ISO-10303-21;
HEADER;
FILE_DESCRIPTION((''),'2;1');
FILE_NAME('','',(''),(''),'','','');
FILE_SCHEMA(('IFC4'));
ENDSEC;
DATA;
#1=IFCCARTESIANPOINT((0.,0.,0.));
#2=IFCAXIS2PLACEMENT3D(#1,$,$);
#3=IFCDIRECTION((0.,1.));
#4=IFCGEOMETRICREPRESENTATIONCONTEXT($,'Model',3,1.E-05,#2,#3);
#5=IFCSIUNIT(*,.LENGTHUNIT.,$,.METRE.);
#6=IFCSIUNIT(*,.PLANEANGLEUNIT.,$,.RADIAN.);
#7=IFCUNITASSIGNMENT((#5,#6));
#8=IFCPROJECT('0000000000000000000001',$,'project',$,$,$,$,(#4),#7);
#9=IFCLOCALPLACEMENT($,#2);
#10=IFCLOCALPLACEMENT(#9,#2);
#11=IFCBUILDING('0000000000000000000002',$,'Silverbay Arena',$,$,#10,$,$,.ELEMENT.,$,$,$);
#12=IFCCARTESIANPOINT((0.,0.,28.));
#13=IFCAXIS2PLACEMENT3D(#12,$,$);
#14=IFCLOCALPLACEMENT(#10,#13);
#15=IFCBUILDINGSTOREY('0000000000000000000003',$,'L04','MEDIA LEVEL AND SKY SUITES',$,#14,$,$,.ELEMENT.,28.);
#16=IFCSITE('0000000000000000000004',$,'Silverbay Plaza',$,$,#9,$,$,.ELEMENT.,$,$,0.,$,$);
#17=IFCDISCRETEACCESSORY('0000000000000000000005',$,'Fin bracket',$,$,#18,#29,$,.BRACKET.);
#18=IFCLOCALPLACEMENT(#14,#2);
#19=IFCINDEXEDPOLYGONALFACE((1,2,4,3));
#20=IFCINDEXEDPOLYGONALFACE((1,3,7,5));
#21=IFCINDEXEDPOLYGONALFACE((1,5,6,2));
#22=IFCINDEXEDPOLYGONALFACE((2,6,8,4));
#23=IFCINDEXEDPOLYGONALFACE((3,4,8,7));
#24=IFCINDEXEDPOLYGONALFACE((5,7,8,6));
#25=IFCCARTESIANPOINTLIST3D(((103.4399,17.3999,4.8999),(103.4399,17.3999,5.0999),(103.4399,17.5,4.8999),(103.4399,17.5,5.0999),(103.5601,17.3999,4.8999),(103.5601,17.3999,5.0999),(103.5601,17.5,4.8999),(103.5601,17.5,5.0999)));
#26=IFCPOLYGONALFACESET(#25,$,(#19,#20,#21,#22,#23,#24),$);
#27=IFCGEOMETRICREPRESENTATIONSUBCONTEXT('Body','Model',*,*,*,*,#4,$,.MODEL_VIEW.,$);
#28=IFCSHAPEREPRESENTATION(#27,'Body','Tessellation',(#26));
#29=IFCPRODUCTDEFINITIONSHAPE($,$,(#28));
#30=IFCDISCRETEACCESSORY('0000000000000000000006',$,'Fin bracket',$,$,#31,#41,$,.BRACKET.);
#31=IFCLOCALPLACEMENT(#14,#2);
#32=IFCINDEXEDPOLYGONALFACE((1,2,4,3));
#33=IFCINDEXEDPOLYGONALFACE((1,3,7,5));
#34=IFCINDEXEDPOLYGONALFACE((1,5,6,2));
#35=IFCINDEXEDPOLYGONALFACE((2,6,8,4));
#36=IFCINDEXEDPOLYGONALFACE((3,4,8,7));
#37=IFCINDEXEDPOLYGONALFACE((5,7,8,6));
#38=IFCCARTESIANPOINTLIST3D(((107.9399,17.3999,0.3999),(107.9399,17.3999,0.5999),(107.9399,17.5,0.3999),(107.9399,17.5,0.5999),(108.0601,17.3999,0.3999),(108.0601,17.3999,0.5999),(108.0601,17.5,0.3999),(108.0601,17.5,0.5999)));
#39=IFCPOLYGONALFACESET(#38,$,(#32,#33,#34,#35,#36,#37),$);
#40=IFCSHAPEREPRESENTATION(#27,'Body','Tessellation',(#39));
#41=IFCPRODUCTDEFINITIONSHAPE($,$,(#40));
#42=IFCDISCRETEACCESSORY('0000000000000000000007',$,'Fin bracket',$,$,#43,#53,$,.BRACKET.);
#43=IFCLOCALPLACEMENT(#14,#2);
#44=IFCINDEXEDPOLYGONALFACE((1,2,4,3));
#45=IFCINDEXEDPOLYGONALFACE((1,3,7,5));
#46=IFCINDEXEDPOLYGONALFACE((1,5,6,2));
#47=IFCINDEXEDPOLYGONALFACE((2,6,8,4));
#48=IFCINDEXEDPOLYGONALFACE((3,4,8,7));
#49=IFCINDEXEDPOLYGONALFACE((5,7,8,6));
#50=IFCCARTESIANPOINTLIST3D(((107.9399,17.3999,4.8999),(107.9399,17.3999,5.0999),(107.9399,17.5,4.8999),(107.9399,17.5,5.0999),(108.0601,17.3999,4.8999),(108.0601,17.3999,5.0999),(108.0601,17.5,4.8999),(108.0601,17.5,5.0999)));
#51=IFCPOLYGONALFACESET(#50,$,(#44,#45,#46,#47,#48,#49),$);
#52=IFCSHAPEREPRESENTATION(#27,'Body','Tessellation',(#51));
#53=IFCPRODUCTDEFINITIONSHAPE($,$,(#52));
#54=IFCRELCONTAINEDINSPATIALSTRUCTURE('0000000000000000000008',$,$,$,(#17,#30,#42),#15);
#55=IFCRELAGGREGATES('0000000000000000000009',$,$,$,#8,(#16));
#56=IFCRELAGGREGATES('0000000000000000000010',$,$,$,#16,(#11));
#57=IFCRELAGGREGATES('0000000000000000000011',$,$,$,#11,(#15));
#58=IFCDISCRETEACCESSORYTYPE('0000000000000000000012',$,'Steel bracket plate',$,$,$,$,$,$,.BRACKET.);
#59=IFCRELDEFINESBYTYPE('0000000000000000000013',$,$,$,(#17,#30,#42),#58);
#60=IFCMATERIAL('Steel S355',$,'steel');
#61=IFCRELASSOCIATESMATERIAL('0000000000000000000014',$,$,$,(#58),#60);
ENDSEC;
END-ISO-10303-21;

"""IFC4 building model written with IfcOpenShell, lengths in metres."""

from ifc_helpers import new_model, si_unit, direction, frame, origin, origin_2d, place, context, subcontext, project, spatial, rectangle, extrude, material, type_object, element, save


model = new_model("IFC4")

# Units and contexts
model_context = context("Model", 3, precision=1e-05, world=origin(), true_north=direction((0.0, 1.0)))
body_context = subcontext(model_context, "Body", "Model", "MODEL_VIEW")
ifc_project = project(units=[si_unit("LENGTHUNIT", "METRE"), si_unit("PLANEANGLEUNIT", "RADIAN")], contexts=[model_context])

# Site, building, storey
site_placement = place(None, origin())
site = spatial("IfcSite", under=ifc_project, at=site_placement, Name="Silverbay Plaza", CompositionType="ELEMENT", RefElevation=0.0)
building_placement = place(site_placement, origin())
building = spatial("IfcBuilding", under=site, at=building_placement, Name="Silverbay Arena", CompositionType="ELEMENT")
storey_placement = place(building_placement, frame((0.0, 0.0, 28.0)))
storey = spatial("IfcBuildingStorey", under=building, at=storey_placement, Name="L04", Description="MEDIA LEVEL AND SKY SUITES", CompositionType="ELEMENT", Elevation=28.0)

# Discrete accessories
ifc_material_1 = material(Name="Steel S355", Category="steel")
discrete_accessory_type = type_object("IfcDiscreteAccessoryType", Name="Steel bracket plate", PredefinedType="BRACKET", material=ifc_material_1)
for number, where, z_axis, x_axis, name in (
    (1, (103.5, 17.45, 4.8999), (0.0, 0.0, 1.0), (1.0, 0.0, 0.0), "Fin bracket"),
    (2, (108.0, 17.45, 0.3999), (0.0, 0.0, 1.0), (1.0, 0.0, 0.0), "Fin bracket"),
    (3, (108.0, 17.45, 4.8999), (0.0, 0.0, 1.0), (1.0, 0.0, 0.0), "Fin bracket"),
):
    element("IfcDiscreteAccessory", number, at=place(storey_placement, frame(where, z_axis=z_axis, x_axis=x_axis)), inside=storey, type_object=discrete_accessory_type, Name=name, PredefinedType="BRACKET", context=body_context, shape_type="SweptSolid", body=[
        extrude(rectangle(XDim=0.1201, YDim=0.1001, at=origin_2d()), origin(), (0.0, 0.0, 1.0), 0.2),
    ])

save(model, "model.ifc")
